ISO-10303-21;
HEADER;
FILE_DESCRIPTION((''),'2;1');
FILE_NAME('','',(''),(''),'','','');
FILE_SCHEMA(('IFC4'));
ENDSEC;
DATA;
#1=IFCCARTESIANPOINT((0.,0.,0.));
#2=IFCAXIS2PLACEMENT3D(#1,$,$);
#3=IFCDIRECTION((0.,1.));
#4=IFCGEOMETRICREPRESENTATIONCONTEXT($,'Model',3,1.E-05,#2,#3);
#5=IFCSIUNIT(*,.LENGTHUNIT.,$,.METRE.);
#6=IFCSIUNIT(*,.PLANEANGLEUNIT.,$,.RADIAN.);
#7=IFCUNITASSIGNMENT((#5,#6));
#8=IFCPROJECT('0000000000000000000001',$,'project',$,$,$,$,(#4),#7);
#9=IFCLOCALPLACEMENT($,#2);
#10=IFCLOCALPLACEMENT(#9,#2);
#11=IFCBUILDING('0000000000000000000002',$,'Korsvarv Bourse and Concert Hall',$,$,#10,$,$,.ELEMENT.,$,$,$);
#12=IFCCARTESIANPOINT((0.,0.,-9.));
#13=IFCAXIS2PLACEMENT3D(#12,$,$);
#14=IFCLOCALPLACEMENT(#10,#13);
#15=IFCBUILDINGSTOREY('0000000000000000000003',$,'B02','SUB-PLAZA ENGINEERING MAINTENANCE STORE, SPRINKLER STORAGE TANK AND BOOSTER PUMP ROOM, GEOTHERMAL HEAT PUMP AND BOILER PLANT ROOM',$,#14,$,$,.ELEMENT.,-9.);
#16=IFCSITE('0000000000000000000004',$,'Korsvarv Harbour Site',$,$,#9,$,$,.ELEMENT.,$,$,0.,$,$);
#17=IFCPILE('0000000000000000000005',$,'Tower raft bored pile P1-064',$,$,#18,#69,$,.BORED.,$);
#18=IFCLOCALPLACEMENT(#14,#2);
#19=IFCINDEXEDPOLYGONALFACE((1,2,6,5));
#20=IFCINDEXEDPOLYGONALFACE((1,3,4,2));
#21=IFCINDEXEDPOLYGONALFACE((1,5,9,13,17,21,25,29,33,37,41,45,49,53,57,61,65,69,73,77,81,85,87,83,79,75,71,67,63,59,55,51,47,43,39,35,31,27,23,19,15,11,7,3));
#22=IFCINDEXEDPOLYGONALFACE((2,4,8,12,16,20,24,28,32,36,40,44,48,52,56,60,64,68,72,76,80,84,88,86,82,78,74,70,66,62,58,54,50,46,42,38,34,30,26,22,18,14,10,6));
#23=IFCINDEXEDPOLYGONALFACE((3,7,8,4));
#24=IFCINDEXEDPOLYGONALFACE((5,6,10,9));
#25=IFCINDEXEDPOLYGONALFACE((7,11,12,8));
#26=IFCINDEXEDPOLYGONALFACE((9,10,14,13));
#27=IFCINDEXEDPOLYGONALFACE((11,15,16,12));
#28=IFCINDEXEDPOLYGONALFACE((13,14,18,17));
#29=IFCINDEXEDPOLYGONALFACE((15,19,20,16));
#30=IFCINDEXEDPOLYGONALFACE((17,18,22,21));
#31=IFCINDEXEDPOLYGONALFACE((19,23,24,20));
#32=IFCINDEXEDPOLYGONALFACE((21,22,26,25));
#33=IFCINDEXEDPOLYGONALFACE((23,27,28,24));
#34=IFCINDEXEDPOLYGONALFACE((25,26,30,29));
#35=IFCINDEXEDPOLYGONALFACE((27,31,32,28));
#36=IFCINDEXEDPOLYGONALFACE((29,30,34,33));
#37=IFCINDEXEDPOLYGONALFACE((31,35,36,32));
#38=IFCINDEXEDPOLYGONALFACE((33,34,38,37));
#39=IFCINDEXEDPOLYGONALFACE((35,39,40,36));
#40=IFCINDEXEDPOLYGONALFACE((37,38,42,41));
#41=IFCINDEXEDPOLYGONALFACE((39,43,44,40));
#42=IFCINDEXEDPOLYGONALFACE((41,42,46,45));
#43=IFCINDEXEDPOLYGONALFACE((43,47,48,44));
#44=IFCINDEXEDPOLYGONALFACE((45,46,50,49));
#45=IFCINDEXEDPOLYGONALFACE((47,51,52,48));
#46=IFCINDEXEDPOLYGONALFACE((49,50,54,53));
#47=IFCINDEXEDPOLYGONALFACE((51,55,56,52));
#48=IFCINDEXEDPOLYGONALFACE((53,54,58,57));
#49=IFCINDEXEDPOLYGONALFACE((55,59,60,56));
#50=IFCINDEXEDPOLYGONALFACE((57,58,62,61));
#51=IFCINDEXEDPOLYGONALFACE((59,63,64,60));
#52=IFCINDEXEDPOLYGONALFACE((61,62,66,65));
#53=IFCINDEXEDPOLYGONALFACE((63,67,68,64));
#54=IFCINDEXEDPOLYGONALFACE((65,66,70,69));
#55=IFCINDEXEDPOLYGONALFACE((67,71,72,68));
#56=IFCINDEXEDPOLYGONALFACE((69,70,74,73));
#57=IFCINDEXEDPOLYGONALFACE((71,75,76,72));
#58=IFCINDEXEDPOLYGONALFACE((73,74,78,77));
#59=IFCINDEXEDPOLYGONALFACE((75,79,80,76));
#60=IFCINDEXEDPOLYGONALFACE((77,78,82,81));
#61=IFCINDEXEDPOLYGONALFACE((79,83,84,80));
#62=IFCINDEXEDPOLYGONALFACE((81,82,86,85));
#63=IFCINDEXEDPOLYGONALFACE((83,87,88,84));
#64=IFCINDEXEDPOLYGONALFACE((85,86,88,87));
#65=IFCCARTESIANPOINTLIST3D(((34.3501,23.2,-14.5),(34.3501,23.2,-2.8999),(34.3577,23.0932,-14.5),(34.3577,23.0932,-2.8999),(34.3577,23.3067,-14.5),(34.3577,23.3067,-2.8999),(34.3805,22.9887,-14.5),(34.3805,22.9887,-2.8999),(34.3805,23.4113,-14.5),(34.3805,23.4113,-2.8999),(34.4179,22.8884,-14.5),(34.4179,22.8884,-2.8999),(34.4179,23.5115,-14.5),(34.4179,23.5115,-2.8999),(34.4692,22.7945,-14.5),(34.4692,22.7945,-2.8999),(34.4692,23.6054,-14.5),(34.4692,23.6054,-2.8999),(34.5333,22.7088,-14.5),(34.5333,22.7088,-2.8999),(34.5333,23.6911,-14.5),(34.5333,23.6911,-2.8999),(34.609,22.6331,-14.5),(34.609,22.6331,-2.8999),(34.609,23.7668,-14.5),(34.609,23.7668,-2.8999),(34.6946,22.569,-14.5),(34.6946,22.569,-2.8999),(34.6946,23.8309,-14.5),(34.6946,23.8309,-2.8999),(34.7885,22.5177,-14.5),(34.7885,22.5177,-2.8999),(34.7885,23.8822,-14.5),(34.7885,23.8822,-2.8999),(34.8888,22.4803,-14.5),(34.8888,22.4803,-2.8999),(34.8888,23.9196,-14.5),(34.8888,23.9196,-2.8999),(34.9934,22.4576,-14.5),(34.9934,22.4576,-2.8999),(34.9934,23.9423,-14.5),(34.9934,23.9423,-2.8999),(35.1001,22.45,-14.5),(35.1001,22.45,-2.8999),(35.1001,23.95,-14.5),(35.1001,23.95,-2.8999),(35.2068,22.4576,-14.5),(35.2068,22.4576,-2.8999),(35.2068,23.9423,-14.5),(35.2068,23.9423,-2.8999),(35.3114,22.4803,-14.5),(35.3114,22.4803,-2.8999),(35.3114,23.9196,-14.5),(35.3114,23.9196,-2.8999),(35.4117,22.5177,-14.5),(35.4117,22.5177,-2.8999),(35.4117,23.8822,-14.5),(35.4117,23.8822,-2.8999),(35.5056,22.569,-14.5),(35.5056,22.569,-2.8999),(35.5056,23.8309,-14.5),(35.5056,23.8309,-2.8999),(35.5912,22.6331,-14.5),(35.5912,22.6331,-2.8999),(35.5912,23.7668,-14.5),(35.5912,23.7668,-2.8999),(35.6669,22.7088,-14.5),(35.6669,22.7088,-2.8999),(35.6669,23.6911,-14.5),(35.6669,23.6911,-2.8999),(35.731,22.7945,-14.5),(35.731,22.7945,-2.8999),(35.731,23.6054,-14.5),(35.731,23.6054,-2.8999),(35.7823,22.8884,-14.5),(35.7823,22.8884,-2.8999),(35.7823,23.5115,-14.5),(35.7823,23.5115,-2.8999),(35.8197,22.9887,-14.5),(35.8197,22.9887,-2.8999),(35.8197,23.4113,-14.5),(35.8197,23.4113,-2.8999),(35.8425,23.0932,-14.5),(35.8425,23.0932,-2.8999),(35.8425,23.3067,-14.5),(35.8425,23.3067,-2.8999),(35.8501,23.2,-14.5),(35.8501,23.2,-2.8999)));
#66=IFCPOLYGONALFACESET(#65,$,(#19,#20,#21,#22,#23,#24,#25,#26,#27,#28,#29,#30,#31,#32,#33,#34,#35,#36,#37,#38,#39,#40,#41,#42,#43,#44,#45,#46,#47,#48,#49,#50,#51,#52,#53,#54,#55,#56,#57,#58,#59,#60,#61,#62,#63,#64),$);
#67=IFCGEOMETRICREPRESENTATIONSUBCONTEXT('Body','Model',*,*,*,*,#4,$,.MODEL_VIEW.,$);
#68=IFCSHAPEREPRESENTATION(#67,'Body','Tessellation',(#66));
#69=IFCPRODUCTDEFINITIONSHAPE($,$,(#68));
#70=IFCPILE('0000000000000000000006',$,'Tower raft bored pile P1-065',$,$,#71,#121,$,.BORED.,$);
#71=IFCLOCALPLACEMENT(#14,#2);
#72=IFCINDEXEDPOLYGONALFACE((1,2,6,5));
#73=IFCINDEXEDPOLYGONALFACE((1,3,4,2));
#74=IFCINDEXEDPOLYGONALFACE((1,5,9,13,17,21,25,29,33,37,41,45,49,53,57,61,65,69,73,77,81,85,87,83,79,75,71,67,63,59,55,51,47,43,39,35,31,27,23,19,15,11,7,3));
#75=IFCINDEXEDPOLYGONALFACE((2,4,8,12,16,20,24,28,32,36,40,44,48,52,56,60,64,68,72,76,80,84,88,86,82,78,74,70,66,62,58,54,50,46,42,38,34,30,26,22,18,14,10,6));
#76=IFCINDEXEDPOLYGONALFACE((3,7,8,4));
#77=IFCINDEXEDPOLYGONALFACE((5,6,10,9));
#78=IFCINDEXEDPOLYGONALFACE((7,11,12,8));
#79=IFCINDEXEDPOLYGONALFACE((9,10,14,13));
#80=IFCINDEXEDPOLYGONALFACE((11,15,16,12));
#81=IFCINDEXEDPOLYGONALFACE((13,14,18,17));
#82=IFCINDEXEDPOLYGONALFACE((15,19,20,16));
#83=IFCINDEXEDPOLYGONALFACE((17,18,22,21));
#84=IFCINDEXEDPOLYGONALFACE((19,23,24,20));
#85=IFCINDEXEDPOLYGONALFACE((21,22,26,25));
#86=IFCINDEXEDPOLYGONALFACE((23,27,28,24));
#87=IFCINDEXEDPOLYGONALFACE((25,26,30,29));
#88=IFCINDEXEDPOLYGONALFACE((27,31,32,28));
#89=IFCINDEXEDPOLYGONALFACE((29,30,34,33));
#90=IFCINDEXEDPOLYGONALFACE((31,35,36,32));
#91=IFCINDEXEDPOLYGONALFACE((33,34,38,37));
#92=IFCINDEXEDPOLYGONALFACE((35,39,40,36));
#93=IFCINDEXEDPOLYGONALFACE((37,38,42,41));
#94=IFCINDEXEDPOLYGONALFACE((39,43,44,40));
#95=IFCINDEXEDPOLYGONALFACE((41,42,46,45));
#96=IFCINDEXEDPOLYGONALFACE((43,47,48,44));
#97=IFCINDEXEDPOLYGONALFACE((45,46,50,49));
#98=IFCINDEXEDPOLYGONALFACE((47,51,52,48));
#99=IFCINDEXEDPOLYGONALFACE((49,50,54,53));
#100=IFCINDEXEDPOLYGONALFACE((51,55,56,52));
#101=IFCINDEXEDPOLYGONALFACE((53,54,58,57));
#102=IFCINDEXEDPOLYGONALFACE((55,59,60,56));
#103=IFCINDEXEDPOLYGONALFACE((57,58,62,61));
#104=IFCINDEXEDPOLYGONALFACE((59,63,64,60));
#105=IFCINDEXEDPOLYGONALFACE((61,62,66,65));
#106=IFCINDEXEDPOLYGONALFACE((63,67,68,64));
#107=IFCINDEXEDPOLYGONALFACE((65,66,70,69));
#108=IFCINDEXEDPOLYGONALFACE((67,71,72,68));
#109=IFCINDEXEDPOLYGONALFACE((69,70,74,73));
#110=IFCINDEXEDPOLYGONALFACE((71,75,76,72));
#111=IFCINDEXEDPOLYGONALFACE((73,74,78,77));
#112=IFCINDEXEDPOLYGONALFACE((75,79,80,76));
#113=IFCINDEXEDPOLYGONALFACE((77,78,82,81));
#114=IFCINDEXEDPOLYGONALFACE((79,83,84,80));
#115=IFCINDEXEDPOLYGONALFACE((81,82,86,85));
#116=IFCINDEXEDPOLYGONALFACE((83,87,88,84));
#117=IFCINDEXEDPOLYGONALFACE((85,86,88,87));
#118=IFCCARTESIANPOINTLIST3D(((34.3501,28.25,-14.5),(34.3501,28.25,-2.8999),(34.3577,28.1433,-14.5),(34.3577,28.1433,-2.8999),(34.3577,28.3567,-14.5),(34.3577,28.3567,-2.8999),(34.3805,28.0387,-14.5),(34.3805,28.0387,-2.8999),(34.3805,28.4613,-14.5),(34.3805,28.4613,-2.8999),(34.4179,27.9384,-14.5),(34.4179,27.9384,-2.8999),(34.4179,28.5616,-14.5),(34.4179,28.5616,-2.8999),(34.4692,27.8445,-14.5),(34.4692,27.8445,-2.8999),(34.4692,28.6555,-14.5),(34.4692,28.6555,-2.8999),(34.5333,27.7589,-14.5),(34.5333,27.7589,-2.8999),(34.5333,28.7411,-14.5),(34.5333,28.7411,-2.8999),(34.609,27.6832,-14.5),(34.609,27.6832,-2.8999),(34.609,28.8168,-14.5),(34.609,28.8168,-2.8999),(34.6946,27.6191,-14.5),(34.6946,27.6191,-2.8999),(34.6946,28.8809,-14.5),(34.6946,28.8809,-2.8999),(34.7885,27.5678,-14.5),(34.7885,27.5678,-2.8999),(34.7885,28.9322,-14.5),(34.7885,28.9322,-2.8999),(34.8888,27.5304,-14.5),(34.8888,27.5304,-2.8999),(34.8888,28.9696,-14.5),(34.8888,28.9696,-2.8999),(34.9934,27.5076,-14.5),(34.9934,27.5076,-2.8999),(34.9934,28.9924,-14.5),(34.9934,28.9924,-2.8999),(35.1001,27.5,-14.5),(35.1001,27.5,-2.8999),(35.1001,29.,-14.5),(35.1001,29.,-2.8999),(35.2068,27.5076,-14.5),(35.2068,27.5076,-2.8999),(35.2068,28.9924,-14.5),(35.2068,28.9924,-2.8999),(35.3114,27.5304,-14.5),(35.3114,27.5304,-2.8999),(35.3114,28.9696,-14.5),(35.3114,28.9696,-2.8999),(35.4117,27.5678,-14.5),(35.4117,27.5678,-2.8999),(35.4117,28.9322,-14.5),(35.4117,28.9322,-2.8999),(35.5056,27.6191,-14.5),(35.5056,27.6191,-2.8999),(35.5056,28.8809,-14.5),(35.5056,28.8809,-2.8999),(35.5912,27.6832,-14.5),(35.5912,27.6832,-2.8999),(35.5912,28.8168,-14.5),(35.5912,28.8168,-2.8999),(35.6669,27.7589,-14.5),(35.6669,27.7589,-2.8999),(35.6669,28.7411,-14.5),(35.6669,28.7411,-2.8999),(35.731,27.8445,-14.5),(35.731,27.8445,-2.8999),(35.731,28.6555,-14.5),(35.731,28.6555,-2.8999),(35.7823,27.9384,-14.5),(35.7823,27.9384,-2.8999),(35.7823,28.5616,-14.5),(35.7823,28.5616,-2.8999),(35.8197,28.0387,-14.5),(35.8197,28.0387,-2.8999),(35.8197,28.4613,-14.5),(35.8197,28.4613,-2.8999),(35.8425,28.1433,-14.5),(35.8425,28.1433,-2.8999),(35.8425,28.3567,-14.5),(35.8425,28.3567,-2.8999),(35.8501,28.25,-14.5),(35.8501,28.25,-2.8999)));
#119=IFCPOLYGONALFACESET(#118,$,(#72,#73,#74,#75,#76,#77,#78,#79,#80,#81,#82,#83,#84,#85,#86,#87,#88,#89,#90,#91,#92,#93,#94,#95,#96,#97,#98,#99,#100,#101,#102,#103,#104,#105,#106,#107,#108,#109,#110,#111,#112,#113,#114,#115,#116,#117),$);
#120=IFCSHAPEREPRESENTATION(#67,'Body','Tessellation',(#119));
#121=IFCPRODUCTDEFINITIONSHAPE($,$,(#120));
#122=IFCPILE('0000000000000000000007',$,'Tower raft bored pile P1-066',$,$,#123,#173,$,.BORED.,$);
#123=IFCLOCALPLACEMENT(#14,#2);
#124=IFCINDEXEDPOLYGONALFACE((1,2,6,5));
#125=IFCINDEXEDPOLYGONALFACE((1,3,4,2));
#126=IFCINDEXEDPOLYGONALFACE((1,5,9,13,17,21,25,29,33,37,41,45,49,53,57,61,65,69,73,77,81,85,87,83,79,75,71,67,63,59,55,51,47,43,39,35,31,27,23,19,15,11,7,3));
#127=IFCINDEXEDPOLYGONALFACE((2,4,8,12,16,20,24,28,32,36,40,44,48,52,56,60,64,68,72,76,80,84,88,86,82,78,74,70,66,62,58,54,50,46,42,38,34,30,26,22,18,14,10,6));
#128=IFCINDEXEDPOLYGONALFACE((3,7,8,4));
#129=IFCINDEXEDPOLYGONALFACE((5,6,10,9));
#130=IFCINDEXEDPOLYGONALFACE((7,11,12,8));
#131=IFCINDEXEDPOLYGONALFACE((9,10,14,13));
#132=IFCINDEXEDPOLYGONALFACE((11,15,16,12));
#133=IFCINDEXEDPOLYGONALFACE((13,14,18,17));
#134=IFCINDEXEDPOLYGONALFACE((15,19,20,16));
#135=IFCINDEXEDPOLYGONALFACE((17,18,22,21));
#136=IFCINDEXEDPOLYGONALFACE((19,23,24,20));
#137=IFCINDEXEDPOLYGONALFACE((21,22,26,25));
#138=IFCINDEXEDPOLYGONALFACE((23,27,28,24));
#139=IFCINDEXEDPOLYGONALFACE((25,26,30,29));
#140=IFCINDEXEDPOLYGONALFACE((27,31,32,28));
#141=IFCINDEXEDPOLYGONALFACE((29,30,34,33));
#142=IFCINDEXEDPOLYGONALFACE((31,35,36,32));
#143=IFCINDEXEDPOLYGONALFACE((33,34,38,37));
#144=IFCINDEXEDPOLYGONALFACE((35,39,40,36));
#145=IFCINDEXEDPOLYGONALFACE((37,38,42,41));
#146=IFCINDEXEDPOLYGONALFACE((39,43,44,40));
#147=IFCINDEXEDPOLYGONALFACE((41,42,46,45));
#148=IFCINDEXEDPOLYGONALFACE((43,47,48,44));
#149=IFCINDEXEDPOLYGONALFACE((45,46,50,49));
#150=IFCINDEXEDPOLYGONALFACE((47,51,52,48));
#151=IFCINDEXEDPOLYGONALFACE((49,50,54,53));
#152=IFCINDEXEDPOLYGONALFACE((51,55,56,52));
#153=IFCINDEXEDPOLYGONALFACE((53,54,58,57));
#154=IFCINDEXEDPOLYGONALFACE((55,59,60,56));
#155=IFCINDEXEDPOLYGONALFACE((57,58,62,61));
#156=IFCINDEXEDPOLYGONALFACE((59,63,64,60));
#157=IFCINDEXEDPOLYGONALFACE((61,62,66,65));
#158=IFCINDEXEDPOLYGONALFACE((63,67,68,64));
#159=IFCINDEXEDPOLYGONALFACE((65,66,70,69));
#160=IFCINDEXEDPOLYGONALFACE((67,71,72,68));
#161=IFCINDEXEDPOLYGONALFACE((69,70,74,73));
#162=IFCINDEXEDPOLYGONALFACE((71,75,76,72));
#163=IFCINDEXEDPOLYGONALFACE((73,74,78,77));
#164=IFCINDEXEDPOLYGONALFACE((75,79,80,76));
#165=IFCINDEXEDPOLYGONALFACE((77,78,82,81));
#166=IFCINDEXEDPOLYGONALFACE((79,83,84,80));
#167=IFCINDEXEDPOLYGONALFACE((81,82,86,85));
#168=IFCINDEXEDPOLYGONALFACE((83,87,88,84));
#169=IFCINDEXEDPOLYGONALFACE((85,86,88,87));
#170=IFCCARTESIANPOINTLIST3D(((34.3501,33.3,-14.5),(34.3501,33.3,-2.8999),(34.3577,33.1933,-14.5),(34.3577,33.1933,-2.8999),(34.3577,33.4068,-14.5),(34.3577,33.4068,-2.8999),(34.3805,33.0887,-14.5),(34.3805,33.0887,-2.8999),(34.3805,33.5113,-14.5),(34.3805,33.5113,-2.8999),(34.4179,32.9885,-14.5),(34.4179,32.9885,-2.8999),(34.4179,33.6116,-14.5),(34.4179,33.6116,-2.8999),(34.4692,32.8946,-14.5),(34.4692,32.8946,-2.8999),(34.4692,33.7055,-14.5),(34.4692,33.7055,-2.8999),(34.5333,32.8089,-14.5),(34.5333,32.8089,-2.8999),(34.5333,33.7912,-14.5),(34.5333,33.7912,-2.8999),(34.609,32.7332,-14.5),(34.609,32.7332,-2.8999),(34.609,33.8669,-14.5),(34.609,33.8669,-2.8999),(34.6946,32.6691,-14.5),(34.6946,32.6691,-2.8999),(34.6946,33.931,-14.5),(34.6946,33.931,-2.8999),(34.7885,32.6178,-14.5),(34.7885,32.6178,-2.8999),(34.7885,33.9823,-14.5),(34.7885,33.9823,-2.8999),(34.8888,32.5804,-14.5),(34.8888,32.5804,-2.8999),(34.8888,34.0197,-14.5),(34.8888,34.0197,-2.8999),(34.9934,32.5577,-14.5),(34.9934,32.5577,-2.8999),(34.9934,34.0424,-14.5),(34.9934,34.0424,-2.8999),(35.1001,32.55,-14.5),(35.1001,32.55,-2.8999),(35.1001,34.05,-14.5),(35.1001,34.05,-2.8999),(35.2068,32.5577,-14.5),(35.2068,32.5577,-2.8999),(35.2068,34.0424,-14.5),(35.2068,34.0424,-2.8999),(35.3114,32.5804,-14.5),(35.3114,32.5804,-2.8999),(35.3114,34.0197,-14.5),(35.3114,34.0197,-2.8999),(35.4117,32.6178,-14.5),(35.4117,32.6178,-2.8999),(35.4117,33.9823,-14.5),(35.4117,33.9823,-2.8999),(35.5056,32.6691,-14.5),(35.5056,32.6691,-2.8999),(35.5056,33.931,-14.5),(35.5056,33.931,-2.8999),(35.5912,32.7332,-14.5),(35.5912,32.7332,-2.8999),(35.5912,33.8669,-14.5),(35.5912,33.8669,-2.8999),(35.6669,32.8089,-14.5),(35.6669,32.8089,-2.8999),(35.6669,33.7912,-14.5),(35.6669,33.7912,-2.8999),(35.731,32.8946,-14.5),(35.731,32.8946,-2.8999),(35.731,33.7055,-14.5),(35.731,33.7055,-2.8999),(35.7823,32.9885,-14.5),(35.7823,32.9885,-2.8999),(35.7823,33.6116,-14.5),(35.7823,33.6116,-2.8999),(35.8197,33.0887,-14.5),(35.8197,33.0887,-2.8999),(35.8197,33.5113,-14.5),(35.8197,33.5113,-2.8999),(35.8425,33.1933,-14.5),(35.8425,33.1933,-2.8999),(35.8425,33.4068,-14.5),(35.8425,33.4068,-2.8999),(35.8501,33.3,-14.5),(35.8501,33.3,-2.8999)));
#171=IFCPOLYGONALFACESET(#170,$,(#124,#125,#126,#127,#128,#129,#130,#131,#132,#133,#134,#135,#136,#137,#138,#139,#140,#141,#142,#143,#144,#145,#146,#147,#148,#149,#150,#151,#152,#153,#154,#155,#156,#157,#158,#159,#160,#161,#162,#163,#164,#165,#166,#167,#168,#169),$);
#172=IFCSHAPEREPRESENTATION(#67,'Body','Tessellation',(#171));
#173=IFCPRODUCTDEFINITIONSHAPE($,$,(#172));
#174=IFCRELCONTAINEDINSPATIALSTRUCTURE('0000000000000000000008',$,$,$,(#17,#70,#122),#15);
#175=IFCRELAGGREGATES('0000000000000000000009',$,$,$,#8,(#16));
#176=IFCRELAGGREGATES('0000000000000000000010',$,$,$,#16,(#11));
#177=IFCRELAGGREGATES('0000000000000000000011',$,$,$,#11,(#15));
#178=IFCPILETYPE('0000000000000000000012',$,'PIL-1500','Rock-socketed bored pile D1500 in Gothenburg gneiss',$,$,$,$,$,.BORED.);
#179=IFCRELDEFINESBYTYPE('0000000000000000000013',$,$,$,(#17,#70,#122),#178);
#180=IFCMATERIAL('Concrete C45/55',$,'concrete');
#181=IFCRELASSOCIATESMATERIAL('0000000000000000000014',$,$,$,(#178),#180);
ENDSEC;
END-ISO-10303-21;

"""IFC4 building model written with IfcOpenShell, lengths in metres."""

from ifc_helpers import new_model, si_unit, direction, frame, origin, origin_2d, place, context, subcontext, project, spatial, circle, extrude, source, transform, mapped, material, material_profile, profile_set, type_object, element, save


model = new_model("IFC4")

# Units and contexts
model_context = context("Model", 3, precision=1e-05, world=origin(), true_north=direction((0.0, 1.0)))
body_context = subcontext(model_context, "Body", "Model", "MODEL_VIEW")
ifc_project = project(units=[si_unit("LENGTHUNIT", "METRE"), si_unit("PLANEANGLEUNIT", "RADIAN")], contexts=[model_context])

# Site, building, storey
site_placement = place(None, origin())
site = spatial("IfcSite", under=ifc_project, at=site_placement, Name="Korsvarv Harbour Site", CompositionType="ELEMENT", RefElevation=0.0)
building_placement = place(site_placement, origin())
building = spatial("IfcBuilding", under=site, at=building_placement, Name="Korsvarv Bourse and Concert Hall", CompositionType="ELEMENT")
storey_placement = place(building_placement, frame((0.0, 0.0, -9.0)))
storey = spatial("IfcBuildingStorey", under=building, at=storey_placement, Name="B02", Description="SUB-PLAZA ENGINEERING MAINTENANCE STORE, SPRINKLER STORAGE TANK AND BOOSTER PUMP ROOM, GEOTHERMAL HEAT PUMP AND BOILER PLANT ROOM", CompositionType="ELEMENT", Elevation=-9.0)

# Piles
ifc_material_1 = material(Name="Concrete C45/55", Category="concrete")
ifc_material_profile_1 = material_profile(ifc_material_1, circle(Radius=0.75, at=origin_2d()), Name="PILE D1500")
ifc_profile_set_1 = profile_set([ifc_material_profile_1], Name="Concrete C45/55")
pile_type = type_object("IfcPileType", Name="PIL-1500", Description="Rock-socketed bored pile D1500 in Gothenburg gneiss", PredefinedType="BORED", material=ifc_profile_set_1)
shared_shape_1 = source(origin(), body_context, "Body", "SweptSolid", [
    extrude(circle(Radius=0.75, at=origin_2d()), origin(), (0.0, 0.0, 1.0), 11.6001),
])
for number, where, z_axis, x_axis, name in (
    (1, (35.1001, 23.2, -2.8999), (0.0, 0.0, -1.0), (1.0, 0.0, 0.0), "Tower raft bored pile P1-064"),
    (2, (35.1001, 28.25, -2.8999), (0.0, 0.0, -1.0), (1.0, 0.0, 0.0), "Tower raft bored pile P1-065"),
    (3, (35.1001, 33.3, -2.8999), (0.0, 0.0, -1.0), (1.0, 0.0, 0.0), "Tower raft bored pile P1-066"),
):
    element("IfcPile", number, at=place(storey_placement, frame(where, z_axis=z_axis, x_axis=x_axis)), inside=storey, type_object=pile_type, Name=name, PredefinedType="BORED", context=body_context, shape_type="MappedRepresentation", body=[
        mapped(shared_shape_1, transform((0.0, 0.0, 0.0), scale=1.0)),
    ])

save(model, "model.ifc")
